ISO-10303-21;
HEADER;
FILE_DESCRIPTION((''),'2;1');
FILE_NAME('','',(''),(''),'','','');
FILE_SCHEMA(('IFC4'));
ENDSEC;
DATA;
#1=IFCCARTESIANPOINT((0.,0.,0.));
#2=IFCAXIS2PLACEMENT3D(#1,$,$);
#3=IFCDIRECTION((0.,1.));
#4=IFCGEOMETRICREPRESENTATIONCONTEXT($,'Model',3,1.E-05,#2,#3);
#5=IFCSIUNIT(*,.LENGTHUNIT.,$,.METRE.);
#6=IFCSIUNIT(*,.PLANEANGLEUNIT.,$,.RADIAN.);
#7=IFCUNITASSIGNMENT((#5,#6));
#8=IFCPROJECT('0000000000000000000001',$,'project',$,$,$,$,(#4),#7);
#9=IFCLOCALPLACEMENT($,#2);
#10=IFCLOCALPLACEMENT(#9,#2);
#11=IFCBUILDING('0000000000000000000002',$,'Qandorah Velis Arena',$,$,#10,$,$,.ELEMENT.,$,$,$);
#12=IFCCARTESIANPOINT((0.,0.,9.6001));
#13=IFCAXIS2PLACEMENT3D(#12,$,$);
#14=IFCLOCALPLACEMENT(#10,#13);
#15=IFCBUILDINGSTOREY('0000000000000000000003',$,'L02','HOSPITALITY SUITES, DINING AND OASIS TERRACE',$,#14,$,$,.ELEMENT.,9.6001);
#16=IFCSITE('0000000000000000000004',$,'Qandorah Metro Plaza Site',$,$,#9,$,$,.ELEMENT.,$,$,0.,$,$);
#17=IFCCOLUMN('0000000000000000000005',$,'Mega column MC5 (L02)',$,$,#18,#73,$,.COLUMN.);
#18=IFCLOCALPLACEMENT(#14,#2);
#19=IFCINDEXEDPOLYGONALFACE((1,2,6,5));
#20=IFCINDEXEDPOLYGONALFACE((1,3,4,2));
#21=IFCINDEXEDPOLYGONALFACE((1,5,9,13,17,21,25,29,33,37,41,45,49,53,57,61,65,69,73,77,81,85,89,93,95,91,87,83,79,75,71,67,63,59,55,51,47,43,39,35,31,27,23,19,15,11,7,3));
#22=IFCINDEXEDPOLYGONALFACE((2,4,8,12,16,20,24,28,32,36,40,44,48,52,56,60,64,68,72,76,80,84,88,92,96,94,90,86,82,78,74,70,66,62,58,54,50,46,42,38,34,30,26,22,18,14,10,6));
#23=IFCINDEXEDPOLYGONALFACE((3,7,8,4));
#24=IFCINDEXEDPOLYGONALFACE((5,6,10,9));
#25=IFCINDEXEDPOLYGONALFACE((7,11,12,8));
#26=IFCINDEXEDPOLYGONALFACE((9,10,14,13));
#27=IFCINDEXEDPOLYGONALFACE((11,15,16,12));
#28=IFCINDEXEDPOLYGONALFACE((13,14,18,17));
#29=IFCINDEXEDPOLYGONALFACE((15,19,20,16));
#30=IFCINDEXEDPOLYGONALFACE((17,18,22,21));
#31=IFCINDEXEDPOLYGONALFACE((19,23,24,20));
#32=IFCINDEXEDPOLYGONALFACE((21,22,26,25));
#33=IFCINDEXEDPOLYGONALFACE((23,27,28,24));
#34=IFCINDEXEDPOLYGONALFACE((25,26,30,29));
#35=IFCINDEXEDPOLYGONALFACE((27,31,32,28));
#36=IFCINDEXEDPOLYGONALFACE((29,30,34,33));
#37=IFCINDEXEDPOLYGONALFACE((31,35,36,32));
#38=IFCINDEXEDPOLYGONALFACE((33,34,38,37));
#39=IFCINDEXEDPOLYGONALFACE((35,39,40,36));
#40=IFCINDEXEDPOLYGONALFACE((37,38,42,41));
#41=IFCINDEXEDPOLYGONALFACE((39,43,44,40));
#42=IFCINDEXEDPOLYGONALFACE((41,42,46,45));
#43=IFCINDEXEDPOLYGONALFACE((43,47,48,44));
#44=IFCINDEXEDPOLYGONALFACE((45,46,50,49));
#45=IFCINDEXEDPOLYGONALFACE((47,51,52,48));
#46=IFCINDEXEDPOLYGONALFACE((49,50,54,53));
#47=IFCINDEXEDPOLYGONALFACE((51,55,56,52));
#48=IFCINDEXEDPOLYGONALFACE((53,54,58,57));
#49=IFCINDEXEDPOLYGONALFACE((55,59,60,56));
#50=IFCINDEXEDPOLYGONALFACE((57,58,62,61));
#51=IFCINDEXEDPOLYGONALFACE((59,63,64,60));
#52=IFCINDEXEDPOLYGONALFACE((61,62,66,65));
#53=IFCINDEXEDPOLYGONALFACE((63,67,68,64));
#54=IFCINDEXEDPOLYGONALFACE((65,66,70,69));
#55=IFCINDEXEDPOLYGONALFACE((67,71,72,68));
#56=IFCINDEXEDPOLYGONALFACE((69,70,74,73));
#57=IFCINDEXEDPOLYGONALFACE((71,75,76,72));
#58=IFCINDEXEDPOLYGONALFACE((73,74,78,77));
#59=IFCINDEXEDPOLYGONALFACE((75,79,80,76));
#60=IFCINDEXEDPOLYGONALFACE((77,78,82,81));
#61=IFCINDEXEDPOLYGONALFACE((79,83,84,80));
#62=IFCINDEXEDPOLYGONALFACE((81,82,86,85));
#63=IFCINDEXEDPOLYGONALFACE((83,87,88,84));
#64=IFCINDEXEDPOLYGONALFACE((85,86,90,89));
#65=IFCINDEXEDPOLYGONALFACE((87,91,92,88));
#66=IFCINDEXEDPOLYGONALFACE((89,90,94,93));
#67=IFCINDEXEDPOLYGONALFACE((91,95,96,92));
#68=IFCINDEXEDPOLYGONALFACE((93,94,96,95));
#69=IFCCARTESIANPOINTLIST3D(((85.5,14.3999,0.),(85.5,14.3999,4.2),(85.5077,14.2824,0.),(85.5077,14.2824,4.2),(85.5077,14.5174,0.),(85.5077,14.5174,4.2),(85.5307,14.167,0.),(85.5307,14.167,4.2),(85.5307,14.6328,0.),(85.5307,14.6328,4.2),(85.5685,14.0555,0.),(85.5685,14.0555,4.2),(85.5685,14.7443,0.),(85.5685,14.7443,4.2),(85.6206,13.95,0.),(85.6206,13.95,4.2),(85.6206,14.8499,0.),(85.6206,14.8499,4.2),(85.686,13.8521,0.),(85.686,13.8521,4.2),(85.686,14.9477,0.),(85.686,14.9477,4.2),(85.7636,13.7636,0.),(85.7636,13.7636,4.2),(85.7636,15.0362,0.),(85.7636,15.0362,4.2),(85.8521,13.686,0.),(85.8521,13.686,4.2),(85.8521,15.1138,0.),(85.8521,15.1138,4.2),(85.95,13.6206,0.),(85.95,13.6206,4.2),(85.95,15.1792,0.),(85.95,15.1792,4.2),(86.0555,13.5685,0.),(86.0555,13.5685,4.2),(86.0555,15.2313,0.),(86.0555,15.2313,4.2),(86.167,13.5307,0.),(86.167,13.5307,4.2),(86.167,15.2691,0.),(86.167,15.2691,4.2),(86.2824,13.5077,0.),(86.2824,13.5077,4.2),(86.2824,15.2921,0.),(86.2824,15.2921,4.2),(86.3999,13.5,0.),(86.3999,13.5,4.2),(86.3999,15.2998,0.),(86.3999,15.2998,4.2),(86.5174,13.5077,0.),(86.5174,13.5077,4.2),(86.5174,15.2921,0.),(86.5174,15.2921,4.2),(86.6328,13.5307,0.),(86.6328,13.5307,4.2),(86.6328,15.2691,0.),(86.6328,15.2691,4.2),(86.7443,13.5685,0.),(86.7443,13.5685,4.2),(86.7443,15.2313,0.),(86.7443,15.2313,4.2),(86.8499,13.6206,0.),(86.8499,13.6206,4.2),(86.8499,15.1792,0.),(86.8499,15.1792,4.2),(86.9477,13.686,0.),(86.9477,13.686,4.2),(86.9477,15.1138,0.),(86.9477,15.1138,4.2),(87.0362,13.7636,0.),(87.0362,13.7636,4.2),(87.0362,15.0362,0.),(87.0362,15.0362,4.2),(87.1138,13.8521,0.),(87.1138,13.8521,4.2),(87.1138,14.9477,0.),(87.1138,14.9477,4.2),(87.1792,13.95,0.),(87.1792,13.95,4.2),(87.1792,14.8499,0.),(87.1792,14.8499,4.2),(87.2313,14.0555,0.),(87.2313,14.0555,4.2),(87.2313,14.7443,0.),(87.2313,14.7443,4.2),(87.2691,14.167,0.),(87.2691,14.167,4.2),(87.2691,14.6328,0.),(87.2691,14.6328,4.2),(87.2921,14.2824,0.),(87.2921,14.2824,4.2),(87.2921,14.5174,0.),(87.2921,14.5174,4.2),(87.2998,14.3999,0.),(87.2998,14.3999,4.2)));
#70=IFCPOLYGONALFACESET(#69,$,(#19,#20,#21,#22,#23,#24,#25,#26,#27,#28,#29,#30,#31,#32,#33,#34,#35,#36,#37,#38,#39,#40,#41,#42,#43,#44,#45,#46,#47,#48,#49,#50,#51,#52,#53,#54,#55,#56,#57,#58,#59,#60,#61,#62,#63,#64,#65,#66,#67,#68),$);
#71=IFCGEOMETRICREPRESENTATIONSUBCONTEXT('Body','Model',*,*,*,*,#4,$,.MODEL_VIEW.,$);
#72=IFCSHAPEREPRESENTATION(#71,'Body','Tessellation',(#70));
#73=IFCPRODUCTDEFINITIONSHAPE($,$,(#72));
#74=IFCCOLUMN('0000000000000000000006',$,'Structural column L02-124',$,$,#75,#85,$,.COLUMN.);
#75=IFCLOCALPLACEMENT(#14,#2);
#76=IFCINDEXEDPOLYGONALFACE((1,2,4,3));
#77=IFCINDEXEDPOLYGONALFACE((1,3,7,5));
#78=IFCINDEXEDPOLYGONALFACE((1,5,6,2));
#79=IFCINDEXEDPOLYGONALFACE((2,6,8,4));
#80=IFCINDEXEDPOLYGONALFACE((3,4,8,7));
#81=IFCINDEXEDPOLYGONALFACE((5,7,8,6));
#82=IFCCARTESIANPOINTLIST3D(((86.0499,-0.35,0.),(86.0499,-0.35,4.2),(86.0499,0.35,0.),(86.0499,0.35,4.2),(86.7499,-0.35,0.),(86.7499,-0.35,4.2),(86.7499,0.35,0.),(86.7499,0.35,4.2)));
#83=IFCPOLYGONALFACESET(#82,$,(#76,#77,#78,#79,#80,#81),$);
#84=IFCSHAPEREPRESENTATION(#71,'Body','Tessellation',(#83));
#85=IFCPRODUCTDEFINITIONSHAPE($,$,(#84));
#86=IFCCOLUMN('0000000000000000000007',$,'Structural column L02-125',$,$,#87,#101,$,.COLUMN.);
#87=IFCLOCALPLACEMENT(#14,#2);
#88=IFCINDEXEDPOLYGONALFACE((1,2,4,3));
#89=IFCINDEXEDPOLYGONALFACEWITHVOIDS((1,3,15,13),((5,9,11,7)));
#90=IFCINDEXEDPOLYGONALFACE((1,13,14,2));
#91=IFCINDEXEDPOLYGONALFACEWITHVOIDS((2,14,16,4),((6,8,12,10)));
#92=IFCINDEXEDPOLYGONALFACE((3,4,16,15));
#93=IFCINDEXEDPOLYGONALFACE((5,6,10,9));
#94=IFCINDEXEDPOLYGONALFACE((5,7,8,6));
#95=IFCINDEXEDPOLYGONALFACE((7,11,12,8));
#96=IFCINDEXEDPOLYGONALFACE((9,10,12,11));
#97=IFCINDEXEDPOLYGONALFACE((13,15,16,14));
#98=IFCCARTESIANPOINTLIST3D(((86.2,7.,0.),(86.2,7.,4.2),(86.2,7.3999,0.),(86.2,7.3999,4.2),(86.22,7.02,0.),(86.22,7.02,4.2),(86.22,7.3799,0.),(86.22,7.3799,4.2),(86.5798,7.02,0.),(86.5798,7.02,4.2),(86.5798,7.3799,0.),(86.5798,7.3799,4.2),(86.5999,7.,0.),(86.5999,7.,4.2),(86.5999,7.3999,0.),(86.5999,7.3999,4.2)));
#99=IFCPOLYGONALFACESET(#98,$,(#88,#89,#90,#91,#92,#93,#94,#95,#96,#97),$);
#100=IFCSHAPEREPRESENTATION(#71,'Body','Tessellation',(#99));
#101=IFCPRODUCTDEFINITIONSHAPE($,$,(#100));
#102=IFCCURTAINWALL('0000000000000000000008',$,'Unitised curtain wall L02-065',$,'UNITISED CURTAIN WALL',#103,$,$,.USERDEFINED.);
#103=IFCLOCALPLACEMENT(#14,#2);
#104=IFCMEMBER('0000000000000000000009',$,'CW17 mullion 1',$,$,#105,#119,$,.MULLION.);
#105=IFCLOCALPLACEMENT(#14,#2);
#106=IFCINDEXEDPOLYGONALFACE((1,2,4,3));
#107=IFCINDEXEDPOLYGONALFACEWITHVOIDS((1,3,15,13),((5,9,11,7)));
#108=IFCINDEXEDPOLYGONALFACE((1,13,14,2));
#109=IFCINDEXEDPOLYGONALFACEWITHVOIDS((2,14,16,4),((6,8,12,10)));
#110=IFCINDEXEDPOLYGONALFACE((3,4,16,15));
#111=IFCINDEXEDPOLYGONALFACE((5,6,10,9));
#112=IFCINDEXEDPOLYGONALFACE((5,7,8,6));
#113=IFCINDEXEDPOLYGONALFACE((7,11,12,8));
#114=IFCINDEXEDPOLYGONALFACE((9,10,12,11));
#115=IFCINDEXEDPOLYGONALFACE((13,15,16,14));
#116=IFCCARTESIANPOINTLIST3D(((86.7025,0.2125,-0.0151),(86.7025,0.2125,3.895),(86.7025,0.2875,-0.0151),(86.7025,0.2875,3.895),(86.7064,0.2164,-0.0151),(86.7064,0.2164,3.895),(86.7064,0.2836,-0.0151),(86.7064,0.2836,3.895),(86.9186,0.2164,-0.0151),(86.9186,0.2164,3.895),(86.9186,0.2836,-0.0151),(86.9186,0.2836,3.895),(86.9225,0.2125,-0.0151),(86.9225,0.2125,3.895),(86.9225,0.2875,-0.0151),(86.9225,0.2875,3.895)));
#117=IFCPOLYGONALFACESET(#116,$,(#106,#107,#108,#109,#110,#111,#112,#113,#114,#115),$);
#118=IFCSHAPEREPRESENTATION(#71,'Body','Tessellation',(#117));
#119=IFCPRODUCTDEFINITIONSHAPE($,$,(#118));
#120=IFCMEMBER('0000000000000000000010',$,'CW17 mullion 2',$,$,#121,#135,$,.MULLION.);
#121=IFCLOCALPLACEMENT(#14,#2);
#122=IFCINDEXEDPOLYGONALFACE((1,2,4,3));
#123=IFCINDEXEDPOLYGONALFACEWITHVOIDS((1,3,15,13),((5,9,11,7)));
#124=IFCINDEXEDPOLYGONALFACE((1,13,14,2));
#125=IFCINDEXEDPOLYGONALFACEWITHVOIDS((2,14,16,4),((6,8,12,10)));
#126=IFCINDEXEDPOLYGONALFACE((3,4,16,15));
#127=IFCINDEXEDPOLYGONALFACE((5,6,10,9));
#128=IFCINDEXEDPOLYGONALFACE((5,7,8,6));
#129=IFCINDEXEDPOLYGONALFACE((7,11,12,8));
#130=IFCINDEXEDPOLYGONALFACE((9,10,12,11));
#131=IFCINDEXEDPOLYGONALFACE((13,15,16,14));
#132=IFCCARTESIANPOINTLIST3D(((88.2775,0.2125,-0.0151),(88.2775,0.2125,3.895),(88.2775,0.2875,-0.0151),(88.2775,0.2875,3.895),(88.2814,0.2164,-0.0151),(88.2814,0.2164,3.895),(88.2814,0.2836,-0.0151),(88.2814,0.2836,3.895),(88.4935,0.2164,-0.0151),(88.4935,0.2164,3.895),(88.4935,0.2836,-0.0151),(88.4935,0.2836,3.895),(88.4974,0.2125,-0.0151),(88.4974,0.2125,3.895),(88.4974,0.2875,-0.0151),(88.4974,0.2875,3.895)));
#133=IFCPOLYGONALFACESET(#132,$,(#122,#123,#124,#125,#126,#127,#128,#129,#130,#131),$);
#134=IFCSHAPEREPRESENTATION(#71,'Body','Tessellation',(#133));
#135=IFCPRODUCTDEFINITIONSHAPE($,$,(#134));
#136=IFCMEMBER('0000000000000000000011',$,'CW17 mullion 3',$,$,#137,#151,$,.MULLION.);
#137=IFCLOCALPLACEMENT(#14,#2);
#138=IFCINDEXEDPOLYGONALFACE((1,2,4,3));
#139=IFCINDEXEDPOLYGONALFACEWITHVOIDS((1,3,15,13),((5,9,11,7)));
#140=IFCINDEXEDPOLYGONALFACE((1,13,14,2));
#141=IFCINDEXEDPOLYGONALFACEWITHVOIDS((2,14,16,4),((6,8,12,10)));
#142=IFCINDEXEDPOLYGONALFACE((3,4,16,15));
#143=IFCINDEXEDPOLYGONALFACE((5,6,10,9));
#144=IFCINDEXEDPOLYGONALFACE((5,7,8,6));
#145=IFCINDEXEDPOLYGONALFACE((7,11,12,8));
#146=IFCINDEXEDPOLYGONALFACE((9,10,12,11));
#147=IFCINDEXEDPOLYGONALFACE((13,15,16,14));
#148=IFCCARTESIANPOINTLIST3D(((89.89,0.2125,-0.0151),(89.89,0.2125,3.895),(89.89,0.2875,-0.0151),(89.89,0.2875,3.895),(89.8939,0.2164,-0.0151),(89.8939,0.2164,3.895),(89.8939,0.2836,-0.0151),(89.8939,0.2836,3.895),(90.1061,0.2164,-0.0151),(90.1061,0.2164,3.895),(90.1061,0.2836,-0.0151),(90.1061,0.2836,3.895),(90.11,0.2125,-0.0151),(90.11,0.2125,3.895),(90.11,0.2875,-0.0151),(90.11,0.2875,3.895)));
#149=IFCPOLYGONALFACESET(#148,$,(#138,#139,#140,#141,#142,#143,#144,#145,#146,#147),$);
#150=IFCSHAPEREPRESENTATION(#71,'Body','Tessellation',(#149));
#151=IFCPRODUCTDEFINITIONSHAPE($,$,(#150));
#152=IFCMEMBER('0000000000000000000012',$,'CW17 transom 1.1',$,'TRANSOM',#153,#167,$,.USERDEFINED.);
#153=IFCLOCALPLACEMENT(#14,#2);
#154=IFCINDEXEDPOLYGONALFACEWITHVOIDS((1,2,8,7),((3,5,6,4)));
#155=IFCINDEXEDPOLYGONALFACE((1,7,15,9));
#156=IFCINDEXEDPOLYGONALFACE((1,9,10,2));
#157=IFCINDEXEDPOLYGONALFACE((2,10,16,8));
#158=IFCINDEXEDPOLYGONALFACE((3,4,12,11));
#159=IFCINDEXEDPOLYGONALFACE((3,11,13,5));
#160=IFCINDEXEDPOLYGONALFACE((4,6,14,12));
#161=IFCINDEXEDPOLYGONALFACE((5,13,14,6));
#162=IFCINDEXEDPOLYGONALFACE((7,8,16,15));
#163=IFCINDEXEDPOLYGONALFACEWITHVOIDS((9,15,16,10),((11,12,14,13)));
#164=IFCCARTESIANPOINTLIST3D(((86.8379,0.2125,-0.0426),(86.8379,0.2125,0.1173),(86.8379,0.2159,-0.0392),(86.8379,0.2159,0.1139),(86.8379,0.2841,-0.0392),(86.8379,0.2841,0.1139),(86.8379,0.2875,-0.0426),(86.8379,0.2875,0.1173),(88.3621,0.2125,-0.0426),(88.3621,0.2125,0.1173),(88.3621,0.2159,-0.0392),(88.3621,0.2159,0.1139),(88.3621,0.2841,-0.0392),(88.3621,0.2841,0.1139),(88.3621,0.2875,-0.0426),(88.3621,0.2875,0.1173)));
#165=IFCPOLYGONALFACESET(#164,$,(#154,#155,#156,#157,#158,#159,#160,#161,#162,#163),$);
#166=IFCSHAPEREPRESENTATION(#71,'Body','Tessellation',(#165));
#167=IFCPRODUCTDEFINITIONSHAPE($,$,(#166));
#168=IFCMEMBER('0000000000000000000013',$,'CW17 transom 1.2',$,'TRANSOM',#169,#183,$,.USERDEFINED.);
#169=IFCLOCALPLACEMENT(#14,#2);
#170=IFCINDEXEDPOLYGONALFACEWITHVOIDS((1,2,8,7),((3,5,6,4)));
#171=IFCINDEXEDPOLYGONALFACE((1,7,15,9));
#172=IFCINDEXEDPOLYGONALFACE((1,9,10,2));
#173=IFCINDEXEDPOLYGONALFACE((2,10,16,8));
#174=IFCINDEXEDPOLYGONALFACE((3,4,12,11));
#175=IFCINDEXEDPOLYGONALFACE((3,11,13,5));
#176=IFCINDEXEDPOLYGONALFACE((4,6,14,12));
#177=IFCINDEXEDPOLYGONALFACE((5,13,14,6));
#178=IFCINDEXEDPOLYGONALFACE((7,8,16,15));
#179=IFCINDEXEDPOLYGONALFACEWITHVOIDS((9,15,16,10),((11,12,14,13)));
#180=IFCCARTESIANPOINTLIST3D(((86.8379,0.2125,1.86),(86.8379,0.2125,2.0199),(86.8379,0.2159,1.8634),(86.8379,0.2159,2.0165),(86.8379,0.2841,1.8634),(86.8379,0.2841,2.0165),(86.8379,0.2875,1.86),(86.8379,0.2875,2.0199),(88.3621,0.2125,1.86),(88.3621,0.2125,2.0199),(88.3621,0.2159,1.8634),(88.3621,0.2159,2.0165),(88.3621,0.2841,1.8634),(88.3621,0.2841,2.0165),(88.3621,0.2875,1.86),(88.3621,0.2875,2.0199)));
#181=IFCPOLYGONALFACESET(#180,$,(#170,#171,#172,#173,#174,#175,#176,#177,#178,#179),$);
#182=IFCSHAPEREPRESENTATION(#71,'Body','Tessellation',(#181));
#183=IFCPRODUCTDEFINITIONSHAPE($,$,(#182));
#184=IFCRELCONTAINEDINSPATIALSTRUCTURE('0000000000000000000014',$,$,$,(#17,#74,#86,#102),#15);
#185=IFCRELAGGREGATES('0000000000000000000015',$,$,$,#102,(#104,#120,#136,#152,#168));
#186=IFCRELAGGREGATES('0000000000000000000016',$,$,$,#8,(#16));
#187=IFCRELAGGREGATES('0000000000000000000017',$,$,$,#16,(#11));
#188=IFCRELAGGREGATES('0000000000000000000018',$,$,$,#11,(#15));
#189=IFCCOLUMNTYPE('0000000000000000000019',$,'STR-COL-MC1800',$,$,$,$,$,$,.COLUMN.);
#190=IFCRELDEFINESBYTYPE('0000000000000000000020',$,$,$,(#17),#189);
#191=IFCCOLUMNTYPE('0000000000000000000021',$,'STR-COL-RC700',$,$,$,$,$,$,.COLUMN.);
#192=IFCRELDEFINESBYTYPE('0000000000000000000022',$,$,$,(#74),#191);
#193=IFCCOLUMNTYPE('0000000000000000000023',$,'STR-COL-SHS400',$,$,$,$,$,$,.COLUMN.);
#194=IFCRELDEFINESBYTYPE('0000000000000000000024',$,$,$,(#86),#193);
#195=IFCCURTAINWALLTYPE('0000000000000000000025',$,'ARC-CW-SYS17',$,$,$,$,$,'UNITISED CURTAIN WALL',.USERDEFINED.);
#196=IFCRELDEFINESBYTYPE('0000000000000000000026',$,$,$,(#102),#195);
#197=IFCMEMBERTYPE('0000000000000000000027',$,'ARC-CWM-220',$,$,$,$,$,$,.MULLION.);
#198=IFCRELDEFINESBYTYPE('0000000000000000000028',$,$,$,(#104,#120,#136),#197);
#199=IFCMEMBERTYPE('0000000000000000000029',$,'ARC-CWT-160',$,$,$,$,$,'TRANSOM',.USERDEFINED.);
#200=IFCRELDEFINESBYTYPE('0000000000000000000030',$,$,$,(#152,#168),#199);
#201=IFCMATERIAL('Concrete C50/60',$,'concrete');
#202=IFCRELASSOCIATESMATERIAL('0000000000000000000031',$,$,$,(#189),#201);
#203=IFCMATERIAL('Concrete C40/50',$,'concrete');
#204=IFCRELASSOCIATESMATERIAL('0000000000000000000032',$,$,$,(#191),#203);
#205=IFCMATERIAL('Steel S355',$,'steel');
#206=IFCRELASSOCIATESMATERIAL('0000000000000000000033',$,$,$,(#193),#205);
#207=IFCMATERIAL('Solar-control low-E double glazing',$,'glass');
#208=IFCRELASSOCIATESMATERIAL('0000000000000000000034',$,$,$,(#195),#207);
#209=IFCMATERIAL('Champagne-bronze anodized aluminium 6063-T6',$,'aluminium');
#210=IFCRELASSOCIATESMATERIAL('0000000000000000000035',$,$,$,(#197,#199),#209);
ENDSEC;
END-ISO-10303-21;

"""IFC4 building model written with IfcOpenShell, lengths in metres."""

from ifc_helpers import new_model, si_unit, direction, frame, origin, origin_2d, place, context, subcontext, project, spatial, rectangle, hollow_rectangle, circle, extrude, material, material_profile, profile_set, type_object, element, aggregate, save


model = new_model("IFC4")

# Units and contexts
model_context = context("Model", 3, precision=1e-05, world=origin(), true_north=direction((0.0, 1.0)))
body_context = subcontext(model_context, "Body", "Model", "MODEL_VIEW")
ifc_project = project(units=[si_unit("LENGTHUNIT", "METRE"), si_unit("PLANEANGLEUNIT", "RADIAN")], contexts=[model_context])

# Site, building, storey
site_placement = place(None, origin())
site = spatial("IfcSite", under=ifc_project, at=site_placement, Name="Qandorah Metro Plaza Site", CompositionType="ELEMENT", RefElevation=0.0)
building_placement = place(site_placement, origin())
building = spatial("IfcBuilding", under=site, at=building_placement, Name="Qandorah Velis Arena", CompositionType="ELEMENT")
storey_placement = place(building_placement, frame((0.0, 0.0, 9.6001)))
storey = spatial("IfcBuildingStorey", under=building, at=storey_placement, Name="L02", Description="HOSPITALITY SUITES, DINING AND OASIS TERRACE", CompositionType="ELEMENT", Elevation=9.6001)

# Columns
ifc_material_1 = material(Name="Concrete C50/60", Category="concrete")
ifc_material_profile_1 = material_profile(ifc_material_1, circle(Radius=0.8999, at=origin_2d()), Name="MC D1800")
ifc_profile_set_1 = profile_set([ifc_material_profile_1], Name="Concrete C50/60")
column_type_1 = type_object("IfcColumnType", Name="STR-COL-MC1800", PredefinedType="COLUMN", material=ifc_profile_set_1)
column_1_placement = place(storey_placement, frame((86.3999, 14.3999, 0.0), z_axis=(0.0, 0.0, 1.0), x_axis=(1.0, 0.0, 0.0)))
element("IfcColumn", 1, at=column_1_placement, inside=storey, type_object=column_type_1, Name="Mega column MC5 (L02)", PredefinedType="COLUMN", context=body_context, shape_type="SweptSolid", body=[
    extrude(circle(Radius=0.8999, at=origin_2d()), origin(), (0.0, 0.0, 1.0), 4.2),
])
ifc_material_2 = material(Name="Concrete C40/50", Category="concrete")
ifc_material_profile_2 = material_profile(ifc_material_2, rectangle(XDim=0.7, YDim=0.7, at=origin_2d()), Name="RC COL 700x700")
ifc_profile_set_2 = profile_set([ifc_material_profile_2], Name="Concrete C40/50")
column_type_2 = type_object("IfcColumnType", Name="STR-COL-RC700", PredefinedType="COLUMN", material=ifc_profile_set_2)
column_2_placement = place(storey_placement, frame((86.3999, 0.0, 0.0), z_axis=(0.0, 0.0, 1.0), x_axis=(1.0, 0.0, 0.0)))
element("IfcColumn", 2, at=column_2_placement, inside=storey, type_object=column_type_2, Name="Structural column L02-124", PredefinedType="COLUMN", context=body_context, shape_type="SweptSolid", body=[
    extrude(rectangle(XDim=0.7, YDim=0.7, at=origin_2d()), origin(), (0.0, 0.0, 1.0), 4.2),
])
ifc_material_3 = material(Name="Steel S355", Category="steel")
ifc_material_profile_3 = material_profile(ifc_material_3, hollow_rectangle(XDim=0.3999, YDim=0.3999, WallThickness=0.02, at=origin_2d()), Name="SHS 400x400x20")
ifc_profile_set_3 = profile_set([ifc_material_profile_3], Name="Steel S355")
column_type_3 = type_object("IfcColumnType", Name="STR-COL-SHS400", PredefinedType="COLUMN", material=ifc_profile_set_3)
column_3_placement = place(storey_placement, frame((86.3999, 7.2, 0.0), z_axis=(0.0, 0.0, 1.0), x_axis=(1.0, 0.0, 0.0)))
element("IfcColumn", 3, at=column_3_placement, inside=storey, type_object=column_type_3, Name="Structural column L02-125", PredefinedType="COLUMN", context=body_context, shape_type="SweptSolid", body=[
    extrude(hollow_rectangle(XDim=0.3999, YDim=0.3999, WallThickness=0.02, at=origin_2d()), origin(), (0.0, 0.0, 1.0), 4.2),
])

# Curtain wall, members
ifc_material_4 = material(Name="Solar-control low-E double glazing", Category="glass")
curtain_wall_type = type_object("IfcCurtainWallType", Name="ARC-CW-SYS17", ElementType="UNITISED CURTAIN WALL", PredefinedType="USERDEFINED", material=ifc_material_4)
curtain_wall_placement = place(storey_placement, origin())
curtain_wall = element("IfcCurtainWall", 4, at=curtain_wall_placement, inside=storey, type_object=curtain_wall_type, Name="Unitised curtain wall L02-065", ObjectType="UNITISED CURTAIN WALL", PredefinedType="USERDEFINED")
ifc_material_5 = material(Name="Champagne-bronze anodized aluminium 6063-T6", Category="aluminium")
ifc_material_profile_4 = material_profile(ifc_material_5, hollow_rectangle(XDim=0.075, YDim=0.22, WallThickness=0.0039, at=origin_2d()), Name="ALU MULLION 75x220")
ifc_profile_set_4 = profile_set([ifc_material_profile_4], Name="Champagne-bronze anodized aluminium 6063-T6")
member_type_1 = type_object("IfcMemberType", Name="ARC-CWM-220", PredefinedType="MULLION", material=ifc_profile_set_4)
member_1_placement = place(storey_placement, frame((86.8125, 0.25, -0.0151), z_axis=(0.0, 0.0, 1.0), x_axis=(0.0, 1.0, 0.0)))
member_1 = element("IfcMember", 5, at=member_1_placement, type_object=member_type_1, Name="CW17 mullion 1", PredefinedType="MULLION", context=body_context, shape_type="SweptSolid", body=[
    extrude(hollow_rectangle(XDim=0.075, YDim=0.22, WallThickness=0.0039, at=origin_2d()), origin(), (0.0, 0.0, 1.0), 3.9102),
])
member_2_placement = place(storey_placement, frame((88.3875, 0.25, -0.0151), z_axis=(0.0, 0.0, 1.0), x_axis=(0.0, 1.0, 0.0)))
member_2 = element("IfcMember", 6, at=member_2_placement, type_object=member_type_1, Name="CW17 mullion 2", PredefinedType="MULLION", context=body_context, shape_type="SweptSolid", body=[
    extrude(hollow_rectangle(XDim=0.075, YDim=0.22, WallThickness=0.0039, at=origin_2d()), origin(), (0.0, 0.0, 1.0), 3.9102),
])
member_3_placement = place(storey_placement, frame((90.0, 0.25, -0.0151), z_axis=(0.0, 0.0, 1.0), x_axis=(0.0, 1.0, 0.0)))
member_3 = element("IfcMember", 7, at=member_3_placement, type_object=member_type_1, Name="CW17 mullion 3", PredefinedType="MULLION", context=body_context, shape_type="SweptSolid", body=[
    extrude(hollow_rectangle(XDim=0.075, YDim=0.22, WallThickness=0.0039, at=origin_2d()), origin(), (0.0, 0.0, 1.0), 3.9102),
])
ifc_material_profile_5 = material_profile(ifc_material_5, hollow_rectangle(XDim=0.075, YDim=0.1599, WallThickness=0.0034, at=origin_2d()), Name="ALU TRANSOM 75x160")
ifc_profile_set_5 = profile_set([ifc_material_profile_5], Name="Champagne-bronze anodized aluminium 6063-T6")
member_type_2 = type_object("IfcMemberType", Name="ARC-CWT-160", ElementType="TRANSOM", PredefinedType="USERDEFINED", material=ifc_profile_set_5)
member_4_placement = place(storey_placement, frame((86.8379, 0.25, 0.0374), z_axis=(1.0, 0.0, 0.0), x_axis=(0.0, 1.0, 0.0)))
member_4 = element("IfcMember", 8, at=member_4_placement, type_object=member_type_2, Name="CW17 transom 1.1", ObjectType="TRANSOM", PredefinedType="USERDEFINED", context=body_context, shape_type="SweptSolid", body=[
    extrude(hollow_rectangle(XDim=0.075, YDim=0.1599, WallThickness=0.0034, at=origin_2d()), origin(), (0.0, 0.0, 1.0), 1.5242),
])
member_5_placement = place(storey_placement, frame((86.8379, 0.25, 1.9399), z_axis=(1.0, 0.0, 0.0), x_axis=(0.0, 1.0, 0.0)))
member_5 = element("IfcMember", 9, at=member_5_placement, type_object=member_type_2, Name="CW17 transom 1.2", ObjectType="TRANSOM", PredefinedType="USERDEFINED", context=body_context, shape_type="SweptSolid", body=[
    extrude(hollow_rectangle(XDim=0.075, YDim=0.1599, WallThickness=0.0034, at=origin_2d()), origin(), (0.0, 0.0, 1.0), 1.5242),
])

aggregate(curtain_wall, [member_1, member_2, member_3, member_4, member_5])

save(model, "model.ifc")
